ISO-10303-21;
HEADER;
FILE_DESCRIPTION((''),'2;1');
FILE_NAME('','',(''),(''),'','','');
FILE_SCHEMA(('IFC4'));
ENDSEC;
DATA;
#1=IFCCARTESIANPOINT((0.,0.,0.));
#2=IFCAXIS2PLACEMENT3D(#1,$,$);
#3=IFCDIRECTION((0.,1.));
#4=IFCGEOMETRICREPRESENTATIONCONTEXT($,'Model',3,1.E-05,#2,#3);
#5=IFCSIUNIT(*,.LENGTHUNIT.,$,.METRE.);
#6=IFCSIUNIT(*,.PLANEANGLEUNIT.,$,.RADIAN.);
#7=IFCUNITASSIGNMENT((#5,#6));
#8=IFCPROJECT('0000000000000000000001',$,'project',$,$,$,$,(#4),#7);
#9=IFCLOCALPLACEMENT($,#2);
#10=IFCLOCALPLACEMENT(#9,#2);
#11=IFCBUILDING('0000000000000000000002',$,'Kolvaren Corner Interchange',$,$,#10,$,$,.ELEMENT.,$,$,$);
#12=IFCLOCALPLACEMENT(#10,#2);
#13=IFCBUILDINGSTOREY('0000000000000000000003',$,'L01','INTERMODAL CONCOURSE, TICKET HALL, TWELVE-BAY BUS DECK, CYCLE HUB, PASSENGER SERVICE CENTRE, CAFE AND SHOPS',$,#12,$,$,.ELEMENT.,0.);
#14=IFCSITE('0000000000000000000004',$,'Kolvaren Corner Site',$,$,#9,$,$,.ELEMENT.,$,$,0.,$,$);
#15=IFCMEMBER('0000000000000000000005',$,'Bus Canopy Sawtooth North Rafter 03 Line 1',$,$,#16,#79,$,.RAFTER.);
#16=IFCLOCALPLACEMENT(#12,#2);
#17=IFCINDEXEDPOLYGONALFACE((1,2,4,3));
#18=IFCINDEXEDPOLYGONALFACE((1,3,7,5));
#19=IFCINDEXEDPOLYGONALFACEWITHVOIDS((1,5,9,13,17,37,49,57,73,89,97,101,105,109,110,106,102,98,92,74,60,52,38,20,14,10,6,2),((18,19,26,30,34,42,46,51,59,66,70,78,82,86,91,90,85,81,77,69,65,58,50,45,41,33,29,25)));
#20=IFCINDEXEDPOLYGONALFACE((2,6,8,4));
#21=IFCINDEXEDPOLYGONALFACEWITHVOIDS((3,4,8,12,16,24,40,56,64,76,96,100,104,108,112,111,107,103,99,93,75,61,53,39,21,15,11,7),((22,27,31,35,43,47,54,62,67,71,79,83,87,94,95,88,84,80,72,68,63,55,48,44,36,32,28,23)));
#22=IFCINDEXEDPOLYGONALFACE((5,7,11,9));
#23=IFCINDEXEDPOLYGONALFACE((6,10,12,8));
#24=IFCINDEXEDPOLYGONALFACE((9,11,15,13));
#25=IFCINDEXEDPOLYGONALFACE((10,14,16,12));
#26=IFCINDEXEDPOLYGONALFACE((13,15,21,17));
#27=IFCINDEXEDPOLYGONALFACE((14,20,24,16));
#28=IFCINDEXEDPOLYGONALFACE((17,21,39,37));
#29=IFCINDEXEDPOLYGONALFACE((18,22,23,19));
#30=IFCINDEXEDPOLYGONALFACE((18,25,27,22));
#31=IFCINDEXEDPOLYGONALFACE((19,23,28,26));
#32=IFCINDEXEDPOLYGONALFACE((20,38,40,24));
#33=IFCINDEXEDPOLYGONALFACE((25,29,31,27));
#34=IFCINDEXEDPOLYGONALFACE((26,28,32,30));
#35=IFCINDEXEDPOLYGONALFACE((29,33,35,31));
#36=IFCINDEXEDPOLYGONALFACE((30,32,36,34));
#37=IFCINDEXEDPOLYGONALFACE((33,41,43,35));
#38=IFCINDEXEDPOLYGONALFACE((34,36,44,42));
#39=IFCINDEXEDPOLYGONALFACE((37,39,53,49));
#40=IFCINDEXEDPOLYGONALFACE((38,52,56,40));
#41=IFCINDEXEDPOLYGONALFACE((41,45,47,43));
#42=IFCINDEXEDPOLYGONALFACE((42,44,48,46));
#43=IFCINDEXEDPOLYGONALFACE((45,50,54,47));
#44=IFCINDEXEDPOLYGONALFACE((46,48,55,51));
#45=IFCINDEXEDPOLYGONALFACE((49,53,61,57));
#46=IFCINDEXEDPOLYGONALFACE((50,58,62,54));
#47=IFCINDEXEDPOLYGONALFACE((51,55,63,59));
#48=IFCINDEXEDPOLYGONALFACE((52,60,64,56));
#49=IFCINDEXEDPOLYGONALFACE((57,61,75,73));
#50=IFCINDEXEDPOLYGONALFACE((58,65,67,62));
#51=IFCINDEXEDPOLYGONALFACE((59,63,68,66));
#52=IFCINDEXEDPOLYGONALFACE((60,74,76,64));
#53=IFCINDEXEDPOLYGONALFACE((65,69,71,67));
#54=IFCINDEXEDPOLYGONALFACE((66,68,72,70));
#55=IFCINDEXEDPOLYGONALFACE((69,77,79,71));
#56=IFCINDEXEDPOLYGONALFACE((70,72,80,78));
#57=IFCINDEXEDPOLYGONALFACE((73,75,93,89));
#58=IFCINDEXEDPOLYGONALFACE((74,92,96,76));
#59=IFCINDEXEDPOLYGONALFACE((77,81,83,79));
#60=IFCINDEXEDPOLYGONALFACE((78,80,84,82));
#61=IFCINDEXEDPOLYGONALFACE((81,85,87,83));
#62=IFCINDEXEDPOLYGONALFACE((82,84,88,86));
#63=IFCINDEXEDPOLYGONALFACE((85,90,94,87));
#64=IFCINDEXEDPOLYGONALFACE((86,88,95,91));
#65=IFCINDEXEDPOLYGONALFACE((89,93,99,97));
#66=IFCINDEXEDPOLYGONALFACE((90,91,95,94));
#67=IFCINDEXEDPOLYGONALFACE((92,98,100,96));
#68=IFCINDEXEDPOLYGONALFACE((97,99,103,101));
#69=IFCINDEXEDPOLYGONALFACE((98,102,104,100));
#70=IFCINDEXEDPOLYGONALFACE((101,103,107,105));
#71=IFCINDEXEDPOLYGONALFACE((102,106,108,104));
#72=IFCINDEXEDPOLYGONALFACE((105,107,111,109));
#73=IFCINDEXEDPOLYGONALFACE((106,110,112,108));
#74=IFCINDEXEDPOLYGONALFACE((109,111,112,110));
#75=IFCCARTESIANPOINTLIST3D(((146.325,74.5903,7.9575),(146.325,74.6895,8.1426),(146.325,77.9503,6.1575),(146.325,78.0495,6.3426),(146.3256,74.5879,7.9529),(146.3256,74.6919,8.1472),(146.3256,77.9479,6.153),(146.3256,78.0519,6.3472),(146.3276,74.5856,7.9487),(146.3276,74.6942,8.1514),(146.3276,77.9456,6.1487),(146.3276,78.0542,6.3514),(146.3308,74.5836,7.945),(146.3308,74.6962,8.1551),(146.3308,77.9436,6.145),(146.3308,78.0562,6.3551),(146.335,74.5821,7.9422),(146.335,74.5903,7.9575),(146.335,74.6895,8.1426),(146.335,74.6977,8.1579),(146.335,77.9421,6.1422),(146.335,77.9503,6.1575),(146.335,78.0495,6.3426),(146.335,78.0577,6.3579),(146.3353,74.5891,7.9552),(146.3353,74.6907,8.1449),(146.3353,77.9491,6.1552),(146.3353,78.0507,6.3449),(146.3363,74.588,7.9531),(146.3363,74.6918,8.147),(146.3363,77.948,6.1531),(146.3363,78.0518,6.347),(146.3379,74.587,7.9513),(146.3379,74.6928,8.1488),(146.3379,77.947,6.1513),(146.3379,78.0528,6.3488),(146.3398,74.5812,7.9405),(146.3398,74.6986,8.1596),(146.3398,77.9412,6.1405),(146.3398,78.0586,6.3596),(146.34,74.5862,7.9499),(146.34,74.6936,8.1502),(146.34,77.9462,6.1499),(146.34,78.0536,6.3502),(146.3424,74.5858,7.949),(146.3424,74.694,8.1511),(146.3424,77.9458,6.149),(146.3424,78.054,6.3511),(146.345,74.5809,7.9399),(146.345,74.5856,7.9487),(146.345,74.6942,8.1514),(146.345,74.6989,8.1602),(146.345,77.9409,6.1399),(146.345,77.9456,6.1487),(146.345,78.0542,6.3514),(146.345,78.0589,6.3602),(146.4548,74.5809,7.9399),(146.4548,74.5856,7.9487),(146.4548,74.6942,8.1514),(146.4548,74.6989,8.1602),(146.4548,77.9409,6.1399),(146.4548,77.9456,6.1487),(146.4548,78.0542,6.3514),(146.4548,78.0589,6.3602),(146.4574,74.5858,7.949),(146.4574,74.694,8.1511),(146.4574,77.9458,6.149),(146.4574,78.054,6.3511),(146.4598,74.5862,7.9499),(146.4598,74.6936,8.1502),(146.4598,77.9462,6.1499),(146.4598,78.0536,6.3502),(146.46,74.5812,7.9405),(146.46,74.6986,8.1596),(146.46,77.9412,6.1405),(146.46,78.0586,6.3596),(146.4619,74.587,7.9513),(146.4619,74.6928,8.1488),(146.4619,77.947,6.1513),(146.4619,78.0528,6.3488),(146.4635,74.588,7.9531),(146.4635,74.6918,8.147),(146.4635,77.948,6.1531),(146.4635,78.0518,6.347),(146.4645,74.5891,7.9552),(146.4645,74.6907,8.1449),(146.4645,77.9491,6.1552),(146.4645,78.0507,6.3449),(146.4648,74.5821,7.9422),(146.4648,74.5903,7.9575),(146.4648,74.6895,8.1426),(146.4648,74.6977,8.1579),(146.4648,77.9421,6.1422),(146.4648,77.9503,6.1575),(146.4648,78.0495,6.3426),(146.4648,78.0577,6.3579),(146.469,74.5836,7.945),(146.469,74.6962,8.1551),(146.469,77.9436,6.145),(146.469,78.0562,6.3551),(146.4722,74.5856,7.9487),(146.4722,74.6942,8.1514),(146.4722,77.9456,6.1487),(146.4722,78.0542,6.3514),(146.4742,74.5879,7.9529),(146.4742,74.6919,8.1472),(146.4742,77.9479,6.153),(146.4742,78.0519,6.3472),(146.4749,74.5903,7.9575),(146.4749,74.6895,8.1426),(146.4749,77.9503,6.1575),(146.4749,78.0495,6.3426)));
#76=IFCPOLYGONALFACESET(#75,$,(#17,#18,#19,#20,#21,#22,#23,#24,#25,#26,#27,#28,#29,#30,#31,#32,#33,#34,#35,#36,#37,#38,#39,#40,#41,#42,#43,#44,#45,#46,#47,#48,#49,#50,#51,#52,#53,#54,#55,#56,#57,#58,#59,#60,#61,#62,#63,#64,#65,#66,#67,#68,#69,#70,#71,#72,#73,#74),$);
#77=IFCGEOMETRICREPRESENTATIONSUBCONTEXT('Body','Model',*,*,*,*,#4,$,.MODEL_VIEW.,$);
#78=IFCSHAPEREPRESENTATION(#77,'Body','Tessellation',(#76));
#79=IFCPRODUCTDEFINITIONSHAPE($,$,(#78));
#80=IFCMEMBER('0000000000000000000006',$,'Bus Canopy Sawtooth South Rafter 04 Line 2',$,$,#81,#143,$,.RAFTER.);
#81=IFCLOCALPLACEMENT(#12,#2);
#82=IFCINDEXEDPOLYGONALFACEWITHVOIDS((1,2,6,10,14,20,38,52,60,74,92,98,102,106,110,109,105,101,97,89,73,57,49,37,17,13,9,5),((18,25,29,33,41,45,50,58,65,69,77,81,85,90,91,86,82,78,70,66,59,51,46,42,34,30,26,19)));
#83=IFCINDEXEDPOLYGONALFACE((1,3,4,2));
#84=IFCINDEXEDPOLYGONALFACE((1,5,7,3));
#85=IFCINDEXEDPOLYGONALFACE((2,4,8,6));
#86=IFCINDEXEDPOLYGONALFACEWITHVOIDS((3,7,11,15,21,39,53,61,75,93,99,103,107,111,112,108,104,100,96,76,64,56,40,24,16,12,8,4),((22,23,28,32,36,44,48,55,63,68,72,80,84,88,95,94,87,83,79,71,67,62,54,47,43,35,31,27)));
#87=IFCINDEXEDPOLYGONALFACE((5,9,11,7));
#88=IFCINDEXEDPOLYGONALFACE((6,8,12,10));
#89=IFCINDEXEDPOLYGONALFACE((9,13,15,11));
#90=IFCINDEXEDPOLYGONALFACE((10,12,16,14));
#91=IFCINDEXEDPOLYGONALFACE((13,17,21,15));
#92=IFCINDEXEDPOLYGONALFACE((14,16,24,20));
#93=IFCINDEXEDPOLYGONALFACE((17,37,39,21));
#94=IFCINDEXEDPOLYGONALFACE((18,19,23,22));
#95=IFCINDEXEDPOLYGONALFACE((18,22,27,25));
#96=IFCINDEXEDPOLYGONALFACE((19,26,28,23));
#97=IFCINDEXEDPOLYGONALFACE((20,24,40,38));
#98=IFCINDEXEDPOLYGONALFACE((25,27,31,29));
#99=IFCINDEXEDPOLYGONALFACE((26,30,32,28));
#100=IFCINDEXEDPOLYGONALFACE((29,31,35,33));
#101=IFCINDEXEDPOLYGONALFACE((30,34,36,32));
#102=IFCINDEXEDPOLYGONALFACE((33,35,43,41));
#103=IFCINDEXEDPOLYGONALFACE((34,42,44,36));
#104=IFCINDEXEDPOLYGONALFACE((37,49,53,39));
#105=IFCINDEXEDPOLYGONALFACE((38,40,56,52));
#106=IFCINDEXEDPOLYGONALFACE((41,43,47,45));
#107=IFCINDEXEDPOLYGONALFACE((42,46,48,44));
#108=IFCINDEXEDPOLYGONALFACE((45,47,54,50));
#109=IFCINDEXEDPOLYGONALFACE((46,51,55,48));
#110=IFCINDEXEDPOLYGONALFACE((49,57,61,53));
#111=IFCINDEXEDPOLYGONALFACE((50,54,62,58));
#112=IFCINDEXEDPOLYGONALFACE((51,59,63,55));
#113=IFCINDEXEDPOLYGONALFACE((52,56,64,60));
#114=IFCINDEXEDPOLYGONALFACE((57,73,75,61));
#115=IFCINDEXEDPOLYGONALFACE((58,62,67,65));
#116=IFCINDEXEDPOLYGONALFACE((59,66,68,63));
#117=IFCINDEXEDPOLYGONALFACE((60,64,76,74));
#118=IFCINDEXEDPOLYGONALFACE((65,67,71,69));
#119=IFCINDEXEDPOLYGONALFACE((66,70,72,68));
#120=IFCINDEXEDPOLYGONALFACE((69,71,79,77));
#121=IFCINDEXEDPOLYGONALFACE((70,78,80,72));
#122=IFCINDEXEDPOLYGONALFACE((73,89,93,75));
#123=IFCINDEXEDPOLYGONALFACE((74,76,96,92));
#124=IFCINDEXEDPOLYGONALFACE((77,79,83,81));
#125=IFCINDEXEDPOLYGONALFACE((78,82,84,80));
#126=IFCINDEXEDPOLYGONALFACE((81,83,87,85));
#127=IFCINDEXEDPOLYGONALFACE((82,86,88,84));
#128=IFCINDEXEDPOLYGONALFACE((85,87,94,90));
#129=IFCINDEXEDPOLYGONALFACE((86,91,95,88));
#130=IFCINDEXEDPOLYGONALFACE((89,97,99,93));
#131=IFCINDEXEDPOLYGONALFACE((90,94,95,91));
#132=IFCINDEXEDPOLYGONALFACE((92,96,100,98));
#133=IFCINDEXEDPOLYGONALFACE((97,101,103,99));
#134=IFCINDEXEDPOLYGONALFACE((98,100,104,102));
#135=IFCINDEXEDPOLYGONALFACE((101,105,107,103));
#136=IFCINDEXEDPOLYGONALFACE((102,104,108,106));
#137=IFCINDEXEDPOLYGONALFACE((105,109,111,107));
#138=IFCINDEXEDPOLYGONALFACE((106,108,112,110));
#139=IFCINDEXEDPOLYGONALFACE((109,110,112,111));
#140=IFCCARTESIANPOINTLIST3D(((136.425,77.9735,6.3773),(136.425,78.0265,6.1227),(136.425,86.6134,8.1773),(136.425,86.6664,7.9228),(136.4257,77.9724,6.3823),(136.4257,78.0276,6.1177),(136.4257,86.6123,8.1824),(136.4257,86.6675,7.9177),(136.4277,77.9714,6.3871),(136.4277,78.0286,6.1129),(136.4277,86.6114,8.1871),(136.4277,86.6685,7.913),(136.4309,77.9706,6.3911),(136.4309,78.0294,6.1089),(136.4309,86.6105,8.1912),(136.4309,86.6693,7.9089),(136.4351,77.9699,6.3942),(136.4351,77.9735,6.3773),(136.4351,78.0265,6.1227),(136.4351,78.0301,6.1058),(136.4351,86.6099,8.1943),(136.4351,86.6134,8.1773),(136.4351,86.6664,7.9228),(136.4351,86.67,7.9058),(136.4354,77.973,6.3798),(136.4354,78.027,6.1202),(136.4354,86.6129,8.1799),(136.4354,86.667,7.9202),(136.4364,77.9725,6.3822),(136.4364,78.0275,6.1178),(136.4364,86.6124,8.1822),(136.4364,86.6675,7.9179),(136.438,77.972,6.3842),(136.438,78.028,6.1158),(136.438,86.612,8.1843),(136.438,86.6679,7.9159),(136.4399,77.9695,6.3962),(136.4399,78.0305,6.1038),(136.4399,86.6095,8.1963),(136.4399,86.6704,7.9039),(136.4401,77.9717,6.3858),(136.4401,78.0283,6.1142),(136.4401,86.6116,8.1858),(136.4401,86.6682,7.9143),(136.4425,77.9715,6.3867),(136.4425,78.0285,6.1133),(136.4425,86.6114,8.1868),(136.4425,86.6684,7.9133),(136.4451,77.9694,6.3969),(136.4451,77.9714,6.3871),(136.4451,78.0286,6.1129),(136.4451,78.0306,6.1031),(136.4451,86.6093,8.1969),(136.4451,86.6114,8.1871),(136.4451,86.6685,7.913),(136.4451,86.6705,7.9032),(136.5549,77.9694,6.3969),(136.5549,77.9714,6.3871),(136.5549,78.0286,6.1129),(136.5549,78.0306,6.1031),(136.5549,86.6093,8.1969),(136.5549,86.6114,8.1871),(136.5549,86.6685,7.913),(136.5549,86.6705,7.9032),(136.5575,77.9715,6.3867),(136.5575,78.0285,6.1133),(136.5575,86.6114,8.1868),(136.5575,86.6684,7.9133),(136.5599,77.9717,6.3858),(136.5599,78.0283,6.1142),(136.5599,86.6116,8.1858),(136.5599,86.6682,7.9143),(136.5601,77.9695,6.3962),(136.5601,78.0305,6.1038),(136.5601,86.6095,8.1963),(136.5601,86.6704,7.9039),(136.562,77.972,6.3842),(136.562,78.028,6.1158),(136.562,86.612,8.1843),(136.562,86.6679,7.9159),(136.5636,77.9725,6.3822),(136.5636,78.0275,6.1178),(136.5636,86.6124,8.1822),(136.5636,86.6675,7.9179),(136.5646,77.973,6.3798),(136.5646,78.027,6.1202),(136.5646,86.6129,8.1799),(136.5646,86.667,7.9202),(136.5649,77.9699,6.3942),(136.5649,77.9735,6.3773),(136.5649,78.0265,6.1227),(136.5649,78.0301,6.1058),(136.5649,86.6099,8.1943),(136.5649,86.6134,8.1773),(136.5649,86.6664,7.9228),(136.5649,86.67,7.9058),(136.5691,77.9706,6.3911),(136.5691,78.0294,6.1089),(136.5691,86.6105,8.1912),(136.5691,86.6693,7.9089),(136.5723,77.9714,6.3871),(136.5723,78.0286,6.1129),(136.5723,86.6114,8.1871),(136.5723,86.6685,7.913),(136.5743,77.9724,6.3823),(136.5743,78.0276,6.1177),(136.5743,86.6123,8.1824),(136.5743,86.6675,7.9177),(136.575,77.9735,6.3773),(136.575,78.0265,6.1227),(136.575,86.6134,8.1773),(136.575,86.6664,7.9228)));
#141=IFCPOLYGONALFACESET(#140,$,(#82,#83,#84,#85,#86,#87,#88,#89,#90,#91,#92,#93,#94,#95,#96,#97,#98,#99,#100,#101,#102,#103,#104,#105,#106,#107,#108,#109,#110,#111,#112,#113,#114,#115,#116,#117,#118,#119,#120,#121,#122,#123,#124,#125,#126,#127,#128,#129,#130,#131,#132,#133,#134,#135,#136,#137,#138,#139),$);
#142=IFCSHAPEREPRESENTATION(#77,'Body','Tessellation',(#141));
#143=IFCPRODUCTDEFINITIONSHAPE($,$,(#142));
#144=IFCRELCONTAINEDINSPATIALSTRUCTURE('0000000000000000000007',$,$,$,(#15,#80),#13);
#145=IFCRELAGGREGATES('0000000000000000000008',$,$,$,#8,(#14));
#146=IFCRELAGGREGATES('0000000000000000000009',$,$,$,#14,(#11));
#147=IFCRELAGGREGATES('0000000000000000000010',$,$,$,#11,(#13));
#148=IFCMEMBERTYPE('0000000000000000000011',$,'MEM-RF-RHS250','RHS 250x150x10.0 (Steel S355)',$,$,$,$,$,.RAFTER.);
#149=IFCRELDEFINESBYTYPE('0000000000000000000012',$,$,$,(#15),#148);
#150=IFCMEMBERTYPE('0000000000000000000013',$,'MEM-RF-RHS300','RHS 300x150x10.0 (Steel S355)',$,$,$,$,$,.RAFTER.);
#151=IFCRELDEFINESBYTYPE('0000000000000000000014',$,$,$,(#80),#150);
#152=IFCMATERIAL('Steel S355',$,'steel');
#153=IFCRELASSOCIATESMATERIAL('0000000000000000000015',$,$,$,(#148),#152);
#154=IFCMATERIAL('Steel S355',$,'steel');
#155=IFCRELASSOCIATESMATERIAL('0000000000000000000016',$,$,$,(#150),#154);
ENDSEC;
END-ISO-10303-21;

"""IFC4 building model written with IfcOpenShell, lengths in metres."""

from ifc_helpers import new_model, si_unit, direction, frame, origin, origin_2d, place, context, subcontext, project, spatial, hollow_rectangle, extrude, material, material_profile, profile_set, type_object, element, save


model = new_model("IFC4")

# Units and contexts
model_context = context("Model", 3, precision=1e-05, world=origin(), true_north=direction((0.0, 1.0)))
body_context = subcontext(model_context, "Body", "Model", "MODEL_VIEW")
ifc_project = project(units=[si_unit("LENGTHUNIT", "METRE"), si_unit("PLANEANGLEUNIT", "RADIAN")], contexts=[model_context])

# Site, building, storey
site_placement = place(None, origin())
site = spatial("IfcSite", under=ifc_project, at=site_placement, Name="Kolvaren Corner Site", CompositionType="ELEMENT", RefElevation=0.0)
building_placement = place(site_placement, origin())
building = spatial("IfcBuilding", under=site, at=building_placement, Name="Kolvaren Corner Interchange", CompositionType="ELEMENT")
storey_placement = place(building_placement, origin())
storey = spatial("IfcBuildingStorey", under=building, at=storey_placement, Name="L01", Description="INTERMODAL CONCOURSE, TICKET HALL, TWELVE-BAY BUS DECK, CYCLE HUB, PASSENGER SERVICE CENTRE, CAFE AND SHOPS", CompositionType="ELEMENT", Elevation=0.0)

# Members
ifc_material_1 = material(Name="Steel S355", Category="steel")
ifc_material_profile_1 = material_profile(ifc_material_1, hollow_rectangle(XDim=0.1499, YDim=0.25, WallThickness=0.01, InnerFilletRadius=0.01, OuterFilletRadius=0.02, at=origin_2d()), Name="RHS 250x150x10.0")
ifc_profile_set_1 = profile_set([ifc_material_profile_1], Name="Steel S355")
member_type_1 = type_object("IfcMemberType", Name="MEM-RF-RHS250", Description="RHS 250x150x10.0 (Steel S355)", PredefinedType="RAFTER", material=ifc_profile_set_1)
member_1_placement = place(storey_placement, frame((146.3999, 74.6399, 8.05), z_axis=(0.0, 0.881481, -0.47222), x_axis=(-1.0, 0.0, 0.0)))
element("IfcMember", 1, at=member_1_placement, inside=storey, type_object=member_type_1, Name="Bus Canopy Sawtooth North Rafter 03 Line 1", PredefinedType="RAFTER", context=body_context, shape_type="SweptSolid", body=[
    extrude(hollow_rectangle(XDim=0.1499, YDim=0.25, WallThickness=0.01, InnerFilletRadius=0.01, OuterFilletRadius=0.02, at=origin_2d()), origin(), (0.0, 0.0, 1.0), 3.8118),
])
ifc_material_2 = material(Name="Steel S355", Category="steel")
ifc_material_profile_2 = material_profile(ifc_material_2, hollow_rectangle(XDim=0.1499, YDim=0.3, WallThickness=0.01, InnerFilletRadius=0.01, OuterFilletRadius=0.02, at=origin_2d()), Name="RHS 300x150x10.0")
ifc_profile_set_2 = profile_set([ifc_material_profile_2], Name="Steel S355")
member_type_2 = type_object("IfcMemberType", Name="MEM-RF-RHS300", Description="RHS 300x150x10.0 (Steel S355)", PredefinedType="RAFTER", material=ifc_profile_set_2)
for number, where, z_axis, x_axis, name in (
    (2, (136.5, 78.0, 6.25), (0.0, 0.978979, 0.203962), (-1.0, 0.0, 0.0), "Bus Canopy Sawtooth South Rafter 04 Line 2"),
):
    element("IfcMember", number, at=place(storey_placement, frame(where, z_axis=z_axis, x_axis=x_axis)), inside=storey, type_object=member_type_2, Name=name, PredefinedType="RAFTER", context=body_context, shape_type="SweptSolid", body=[
        extrude(hollow_rectangle(XDim=0.1499, YDim=0.3, WallThickness=0.01, InnerFilletRadius=0.01, OuterFilletRadius=0.02, at=origin_2d()), origin(), (0.0, 0.0, 1.0), 8.8254),
    ])

save(model, "model.ifc")
